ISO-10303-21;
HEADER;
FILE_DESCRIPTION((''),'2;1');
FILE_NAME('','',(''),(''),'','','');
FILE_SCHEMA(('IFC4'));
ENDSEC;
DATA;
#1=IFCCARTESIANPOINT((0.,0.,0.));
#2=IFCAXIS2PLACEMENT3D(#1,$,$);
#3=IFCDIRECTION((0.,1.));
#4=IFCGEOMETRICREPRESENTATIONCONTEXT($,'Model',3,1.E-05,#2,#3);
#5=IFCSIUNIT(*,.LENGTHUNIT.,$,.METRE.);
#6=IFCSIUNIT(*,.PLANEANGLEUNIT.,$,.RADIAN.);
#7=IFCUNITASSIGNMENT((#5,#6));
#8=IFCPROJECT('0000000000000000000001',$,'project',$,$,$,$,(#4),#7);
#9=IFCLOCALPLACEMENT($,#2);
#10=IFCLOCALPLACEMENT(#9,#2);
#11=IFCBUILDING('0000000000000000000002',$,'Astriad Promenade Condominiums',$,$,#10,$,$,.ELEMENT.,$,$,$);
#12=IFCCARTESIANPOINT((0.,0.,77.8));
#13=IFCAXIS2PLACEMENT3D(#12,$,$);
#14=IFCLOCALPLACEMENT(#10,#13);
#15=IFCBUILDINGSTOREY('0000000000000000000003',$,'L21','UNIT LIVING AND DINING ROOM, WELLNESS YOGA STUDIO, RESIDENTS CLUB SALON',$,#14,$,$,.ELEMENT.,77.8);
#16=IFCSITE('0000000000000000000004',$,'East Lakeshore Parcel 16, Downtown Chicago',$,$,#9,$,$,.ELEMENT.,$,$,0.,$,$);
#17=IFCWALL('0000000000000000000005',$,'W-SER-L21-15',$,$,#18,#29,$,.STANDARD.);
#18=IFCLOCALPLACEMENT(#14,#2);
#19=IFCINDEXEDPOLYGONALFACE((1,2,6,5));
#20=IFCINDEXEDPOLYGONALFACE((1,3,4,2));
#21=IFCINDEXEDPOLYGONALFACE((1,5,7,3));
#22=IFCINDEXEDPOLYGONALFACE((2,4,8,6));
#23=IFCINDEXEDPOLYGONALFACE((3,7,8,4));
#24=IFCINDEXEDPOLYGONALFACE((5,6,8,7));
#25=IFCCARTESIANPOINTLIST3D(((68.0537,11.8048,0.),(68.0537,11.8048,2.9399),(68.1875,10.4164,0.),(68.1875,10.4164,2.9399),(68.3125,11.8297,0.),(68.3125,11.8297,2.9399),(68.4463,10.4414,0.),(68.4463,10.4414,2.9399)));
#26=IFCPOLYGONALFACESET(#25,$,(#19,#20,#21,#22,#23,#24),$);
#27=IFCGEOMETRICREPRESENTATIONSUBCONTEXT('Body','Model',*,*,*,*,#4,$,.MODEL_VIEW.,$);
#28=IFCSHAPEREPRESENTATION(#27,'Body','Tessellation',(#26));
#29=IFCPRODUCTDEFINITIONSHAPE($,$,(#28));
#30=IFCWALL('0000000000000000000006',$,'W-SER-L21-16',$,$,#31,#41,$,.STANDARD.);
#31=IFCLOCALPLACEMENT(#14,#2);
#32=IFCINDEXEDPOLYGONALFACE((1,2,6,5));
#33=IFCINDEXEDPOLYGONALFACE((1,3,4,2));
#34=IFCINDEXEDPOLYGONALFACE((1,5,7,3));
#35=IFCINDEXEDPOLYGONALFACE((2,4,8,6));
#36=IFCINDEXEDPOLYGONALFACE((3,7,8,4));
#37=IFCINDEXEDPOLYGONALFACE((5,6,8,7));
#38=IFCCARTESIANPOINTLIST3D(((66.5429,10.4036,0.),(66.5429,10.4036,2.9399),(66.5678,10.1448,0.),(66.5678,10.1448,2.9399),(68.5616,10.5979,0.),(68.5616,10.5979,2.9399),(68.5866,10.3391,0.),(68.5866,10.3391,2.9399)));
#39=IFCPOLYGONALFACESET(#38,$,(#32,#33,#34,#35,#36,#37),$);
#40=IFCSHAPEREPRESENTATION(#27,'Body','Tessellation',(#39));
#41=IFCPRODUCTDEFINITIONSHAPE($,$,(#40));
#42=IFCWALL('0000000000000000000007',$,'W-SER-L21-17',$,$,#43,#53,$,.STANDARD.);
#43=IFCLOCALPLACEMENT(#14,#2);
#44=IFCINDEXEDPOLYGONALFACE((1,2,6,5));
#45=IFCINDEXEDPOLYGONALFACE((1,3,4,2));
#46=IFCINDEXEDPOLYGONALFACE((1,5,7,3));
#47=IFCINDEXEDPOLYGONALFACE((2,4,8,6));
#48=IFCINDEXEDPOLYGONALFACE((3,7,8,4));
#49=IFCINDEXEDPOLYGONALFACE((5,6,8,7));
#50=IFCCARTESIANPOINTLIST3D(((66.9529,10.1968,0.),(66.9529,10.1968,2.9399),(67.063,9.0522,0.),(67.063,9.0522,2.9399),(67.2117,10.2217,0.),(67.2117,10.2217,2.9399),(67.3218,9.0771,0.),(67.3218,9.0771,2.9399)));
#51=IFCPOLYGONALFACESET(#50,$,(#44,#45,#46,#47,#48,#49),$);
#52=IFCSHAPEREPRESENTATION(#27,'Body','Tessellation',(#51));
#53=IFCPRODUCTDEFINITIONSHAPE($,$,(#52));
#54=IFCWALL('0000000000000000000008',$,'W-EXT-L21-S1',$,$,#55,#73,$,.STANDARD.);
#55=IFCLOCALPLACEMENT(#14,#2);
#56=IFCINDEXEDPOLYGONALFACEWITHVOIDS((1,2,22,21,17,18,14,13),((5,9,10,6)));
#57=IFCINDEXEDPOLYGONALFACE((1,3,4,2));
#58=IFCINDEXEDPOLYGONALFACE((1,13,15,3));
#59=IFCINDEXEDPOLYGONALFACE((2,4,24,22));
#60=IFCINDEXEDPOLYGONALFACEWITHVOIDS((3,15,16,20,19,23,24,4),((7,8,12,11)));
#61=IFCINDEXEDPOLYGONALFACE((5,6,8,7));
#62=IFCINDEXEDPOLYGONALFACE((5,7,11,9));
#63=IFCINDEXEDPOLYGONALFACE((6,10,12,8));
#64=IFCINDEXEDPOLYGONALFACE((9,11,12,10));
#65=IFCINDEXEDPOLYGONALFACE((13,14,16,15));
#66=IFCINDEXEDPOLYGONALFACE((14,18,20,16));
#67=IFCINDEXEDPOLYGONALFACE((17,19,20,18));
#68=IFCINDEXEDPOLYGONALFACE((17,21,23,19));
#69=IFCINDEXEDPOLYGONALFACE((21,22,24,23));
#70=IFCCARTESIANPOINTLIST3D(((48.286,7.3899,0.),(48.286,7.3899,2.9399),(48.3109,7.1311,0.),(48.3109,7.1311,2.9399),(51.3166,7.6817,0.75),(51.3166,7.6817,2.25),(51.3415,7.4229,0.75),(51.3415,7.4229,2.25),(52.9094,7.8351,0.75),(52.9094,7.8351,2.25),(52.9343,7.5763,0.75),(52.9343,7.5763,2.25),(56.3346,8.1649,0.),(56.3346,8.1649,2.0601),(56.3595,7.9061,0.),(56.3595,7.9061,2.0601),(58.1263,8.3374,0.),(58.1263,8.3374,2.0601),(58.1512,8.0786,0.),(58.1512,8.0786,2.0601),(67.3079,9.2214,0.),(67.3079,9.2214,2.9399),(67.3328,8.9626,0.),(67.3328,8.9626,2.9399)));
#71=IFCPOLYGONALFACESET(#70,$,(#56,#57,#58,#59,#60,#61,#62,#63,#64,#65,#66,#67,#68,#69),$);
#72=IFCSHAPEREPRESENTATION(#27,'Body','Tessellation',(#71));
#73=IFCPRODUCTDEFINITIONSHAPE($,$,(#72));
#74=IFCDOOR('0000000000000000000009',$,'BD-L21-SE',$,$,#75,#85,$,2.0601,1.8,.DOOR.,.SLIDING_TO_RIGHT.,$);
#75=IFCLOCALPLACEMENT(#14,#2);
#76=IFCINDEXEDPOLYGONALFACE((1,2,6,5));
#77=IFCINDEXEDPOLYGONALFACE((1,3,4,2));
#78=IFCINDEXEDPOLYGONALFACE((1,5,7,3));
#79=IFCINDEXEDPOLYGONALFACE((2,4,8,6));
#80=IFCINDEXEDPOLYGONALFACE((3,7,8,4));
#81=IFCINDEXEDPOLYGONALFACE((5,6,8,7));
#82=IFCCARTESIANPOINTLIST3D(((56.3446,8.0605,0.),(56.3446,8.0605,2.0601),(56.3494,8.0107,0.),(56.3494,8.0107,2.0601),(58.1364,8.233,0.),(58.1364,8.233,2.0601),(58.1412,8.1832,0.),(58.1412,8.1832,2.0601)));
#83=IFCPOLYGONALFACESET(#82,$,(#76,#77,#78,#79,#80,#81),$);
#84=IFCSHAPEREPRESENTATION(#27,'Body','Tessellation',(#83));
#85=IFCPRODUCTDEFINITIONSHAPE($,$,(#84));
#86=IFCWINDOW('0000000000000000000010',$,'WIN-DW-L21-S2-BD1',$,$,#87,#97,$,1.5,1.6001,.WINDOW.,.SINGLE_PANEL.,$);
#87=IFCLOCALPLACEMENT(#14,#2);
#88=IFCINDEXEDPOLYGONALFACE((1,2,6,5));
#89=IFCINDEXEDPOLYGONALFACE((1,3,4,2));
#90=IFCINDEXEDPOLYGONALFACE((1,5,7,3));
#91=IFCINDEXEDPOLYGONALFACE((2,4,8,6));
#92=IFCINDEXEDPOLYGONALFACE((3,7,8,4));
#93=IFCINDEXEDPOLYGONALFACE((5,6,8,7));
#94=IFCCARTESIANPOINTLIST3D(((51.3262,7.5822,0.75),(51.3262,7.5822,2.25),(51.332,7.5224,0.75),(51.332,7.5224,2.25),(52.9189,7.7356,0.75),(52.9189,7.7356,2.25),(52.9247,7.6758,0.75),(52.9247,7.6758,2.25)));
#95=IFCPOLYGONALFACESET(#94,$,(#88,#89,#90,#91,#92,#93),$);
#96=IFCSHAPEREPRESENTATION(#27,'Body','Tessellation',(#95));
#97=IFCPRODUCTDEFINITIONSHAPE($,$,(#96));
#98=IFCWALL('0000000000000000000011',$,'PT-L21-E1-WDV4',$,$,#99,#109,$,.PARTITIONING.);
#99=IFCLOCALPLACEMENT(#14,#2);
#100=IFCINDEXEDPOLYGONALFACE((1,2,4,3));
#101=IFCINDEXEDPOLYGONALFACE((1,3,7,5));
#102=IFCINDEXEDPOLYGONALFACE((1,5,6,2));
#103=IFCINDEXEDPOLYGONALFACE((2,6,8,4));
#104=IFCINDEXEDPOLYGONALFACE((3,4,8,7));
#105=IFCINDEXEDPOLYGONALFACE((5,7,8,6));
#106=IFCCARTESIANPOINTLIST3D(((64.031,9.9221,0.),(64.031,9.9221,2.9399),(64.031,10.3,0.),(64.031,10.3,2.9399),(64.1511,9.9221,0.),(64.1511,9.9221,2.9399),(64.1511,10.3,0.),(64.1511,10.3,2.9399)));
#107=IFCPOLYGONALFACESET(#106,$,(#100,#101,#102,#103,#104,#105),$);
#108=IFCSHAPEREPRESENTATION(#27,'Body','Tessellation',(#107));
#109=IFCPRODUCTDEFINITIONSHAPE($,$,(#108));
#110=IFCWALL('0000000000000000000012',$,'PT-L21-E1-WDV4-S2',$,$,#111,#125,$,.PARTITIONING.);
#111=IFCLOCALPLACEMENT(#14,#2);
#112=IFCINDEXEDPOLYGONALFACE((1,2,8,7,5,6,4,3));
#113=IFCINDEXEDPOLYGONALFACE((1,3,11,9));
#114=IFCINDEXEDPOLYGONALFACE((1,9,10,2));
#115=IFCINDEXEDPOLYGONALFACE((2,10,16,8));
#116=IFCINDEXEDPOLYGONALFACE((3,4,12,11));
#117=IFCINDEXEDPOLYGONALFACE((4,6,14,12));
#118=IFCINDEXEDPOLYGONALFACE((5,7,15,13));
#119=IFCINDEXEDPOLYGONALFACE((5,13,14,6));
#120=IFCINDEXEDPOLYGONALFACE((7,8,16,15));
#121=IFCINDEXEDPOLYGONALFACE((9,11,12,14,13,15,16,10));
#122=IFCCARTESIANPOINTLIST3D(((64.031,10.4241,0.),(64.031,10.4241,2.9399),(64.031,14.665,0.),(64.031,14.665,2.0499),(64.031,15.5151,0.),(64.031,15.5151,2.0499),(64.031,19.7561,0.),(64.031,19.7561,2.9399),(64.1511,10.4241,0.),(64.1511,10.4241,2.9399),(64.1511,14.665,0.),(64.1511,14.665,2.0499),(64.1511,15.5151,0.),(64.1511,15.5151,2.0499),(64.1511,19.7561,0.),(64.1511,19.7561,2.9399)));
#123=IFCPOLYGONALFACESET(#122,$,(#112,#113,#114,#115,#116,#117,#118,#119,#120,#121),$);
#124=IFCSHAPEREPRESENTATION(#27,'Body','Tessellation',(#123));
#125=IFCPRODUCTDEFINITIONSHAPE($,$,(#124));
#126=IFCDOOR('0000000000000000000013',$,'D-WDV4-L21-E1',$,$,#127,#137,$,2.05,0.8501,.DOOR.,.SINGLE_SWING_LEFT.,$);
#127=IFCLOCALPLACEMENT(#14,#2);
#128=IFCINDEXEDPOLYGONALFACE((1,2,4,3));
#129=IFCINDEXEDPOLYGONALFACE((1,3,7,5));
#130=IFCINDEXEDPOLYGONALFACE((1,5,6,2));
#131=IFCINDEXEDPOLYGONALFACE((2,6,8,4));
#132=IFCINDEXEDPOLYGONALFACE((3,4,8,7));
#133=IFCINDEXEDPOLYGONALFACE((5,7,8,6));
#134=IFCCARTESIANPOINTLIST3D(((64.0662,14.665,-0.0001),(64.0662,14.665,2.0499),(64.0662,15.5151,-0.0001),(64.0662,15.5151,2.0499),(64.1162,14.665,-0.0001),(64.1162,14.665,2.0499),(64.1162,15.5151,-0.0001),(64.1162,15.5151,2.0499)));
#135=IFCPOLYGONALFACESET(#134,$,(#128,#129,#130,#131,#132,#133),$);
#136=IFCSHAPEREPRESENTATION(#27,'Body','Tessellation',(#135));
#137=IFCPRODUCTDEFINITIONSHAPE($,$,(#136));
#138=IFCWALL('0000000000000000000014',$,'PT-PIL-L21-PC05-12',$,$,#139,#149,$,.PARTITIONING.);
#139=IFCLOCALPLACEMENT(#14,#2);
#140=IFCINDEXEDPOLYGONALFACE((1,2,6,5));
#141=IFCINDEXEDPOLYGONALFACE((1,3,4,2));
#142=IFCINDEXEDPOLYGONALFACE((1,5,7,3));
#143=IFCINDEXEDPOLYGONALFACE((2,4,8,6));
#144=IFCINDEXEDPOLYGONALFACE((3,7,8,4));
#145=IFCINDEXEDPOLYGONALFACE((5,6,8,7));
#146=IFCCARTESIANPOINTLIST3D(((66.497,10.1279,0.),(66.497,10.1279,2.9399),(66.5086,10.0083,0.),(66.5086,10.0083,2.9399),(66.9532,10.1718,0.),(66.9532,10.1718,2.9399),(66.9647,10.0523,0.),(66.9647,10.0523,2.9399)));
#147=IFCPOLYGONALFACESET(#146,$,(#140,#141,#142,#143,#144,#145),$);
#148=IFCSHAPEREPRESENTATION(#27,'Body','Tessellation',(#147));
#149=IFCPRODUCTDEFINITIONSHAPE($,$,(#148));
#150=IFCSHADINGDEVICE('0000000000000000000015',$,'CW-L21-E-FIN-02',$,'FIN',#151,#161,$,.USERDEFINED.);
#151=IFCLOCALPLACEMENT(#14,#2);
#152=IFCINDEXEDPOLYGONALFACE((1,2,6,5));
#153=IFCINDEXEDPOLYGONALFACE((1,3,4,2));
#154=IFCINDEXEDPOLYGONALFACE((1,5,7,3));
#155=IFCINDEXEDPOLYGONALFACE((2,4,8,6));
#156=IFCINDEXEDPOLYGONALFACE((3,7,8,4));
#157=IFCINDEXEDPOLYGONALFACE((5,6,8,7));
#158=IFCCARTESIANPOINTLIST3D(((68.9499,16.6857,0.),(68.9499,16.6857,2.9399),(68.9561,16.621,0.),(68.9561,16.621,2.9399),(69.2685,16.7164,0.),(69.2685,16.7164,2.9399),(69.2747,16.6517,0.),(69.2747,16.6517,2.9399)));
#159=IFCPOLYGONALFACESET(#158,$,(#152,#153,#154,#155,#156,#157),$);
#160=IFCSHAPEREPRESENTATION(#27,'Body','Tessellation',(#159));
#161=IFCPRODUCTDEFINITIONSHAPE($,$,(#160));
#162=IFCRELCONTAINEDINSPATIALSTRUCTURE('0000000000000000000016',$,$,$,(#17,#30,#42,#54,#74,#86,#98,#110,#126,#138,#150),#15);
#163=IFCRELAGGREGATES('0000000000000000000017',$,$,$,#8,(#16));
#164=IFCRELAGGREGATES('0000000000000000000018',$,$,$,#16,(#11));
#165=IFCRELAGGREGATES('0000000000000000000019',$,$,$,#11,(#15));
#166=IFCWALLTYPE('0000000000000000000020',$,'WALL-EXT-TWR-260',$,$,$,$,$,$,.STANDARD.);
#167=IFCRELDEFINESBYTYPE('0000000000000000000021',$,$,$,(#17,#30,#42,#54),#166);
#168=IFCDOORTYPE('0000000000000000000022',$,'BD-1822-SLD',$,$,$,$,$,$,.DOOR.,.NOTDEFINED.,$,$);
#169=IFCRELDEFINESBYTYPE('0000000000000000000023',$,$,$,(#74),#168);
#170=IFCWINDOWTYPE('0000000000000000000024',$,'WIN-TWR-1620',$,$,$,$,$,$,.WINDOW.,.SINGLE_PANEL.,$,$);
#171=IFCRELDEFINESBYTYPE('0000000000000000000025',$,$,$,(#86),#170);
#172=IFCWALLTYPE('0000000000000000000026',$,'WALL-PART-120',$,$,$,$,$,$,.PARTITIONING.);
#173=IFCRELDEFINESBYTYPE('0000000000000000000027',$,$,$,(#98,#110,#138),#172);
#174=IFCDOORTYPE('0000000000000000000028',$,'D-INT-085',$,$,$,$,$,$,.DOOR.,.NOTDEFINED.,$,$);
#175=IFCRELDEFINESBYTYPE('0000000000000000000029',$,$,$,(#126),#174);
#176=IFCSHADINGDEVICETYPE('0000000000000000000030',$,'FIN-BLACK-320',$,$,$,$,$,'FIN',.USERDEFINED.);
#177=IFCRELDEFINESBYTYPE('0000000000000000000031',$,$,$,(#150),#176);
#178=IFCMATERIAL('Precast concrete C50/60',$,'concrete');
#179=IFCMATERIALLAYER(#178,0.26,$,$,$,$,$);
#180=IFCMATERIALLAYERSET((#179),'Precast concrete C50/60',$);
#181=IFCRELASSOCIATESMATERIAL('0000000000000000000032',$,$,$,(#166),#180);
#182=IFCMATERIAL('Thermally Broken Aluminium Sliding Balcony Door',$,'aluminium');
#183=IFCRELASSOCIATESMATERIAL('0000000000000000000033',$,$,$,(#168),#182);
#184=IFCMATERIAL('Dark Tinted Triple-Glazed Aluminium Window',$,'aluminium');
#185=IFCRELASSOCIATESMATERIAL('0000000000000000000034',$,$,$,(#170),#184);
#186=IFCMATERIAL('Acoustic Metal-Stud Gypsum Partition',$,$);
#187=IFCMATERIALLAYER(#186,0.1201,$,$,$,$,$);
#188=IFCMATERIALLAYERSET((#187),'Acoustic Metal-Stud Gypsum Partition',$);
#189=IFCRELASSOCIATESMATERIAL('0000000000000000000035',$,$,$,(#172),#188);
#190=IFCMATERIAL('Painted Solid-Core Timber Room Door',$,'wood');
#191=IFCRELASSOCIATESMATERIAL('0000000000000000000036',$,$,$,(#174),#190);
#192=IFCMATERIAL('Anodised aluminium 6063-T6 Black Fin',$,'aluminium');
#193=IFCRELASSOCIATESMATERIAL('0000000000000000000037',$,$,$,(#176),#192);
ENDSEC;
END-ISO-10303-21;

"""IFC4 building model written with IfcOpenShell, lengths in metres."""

from ifc_helpers import new_model, si_unit, direction, frame, frame_2d, origin, origin_2d, place, context, subcontext, project, spatial, rectangle, extrude, source, transform, mapped, material, layer, layer_set, type_object, type_shapes, element, fill, save


model = new_model("IFC4")

# Units and contexts
model_context = context("Model", 3, precision=1e-05, world=origin(), true_north=direction((0.0, 1.0)))
body_context = subcontext(model_context, "Body", "Model", "MODEL_VIEW")
ifc_project = project(units=[si_unit("LENGTHUNIT", "METRE"), si_unit("PLANEANGLEUNIT", "RADIAN")], contexts=[model_context])

# Site, building, storey
site_placement = place(None, origin())
site = spatial("IfcSite", under=ifc_project, at=site_placement, Name="East Lakeshore Parcel 16, Downtown Chicago", CompositionType="ELEMENT", RefElevation=0.0)
building_placement = place(site_placement, origin())
building = spatial("IfcBuilding", under=site, at=building_placement, Name="Astriad Promenade Condominiums", CompositionType="ELEMENT")
storey_placement = place(building_placement, frame((0.0, 0.0, 77.8)))
storey = spatial("IfcBuildingStorey", under=building, at=storey_placement, Name="L21", Description="UNIT LIVING AND DINING ROOM, WELLNESS YOGA STUDIO, RESIDENTS CLUB SALON", CompositionType="ELEMENT", Elevation=77.8)

# Walls
ifc_material_1 = material(Name="Precast concrete C50/60", Category="concrete")
ifc_layer_1 = layer(ifc_material_1, 0.26)
ifc_layer_set_1 = layer_set([ifc_layer_1], Name="Precast concrete C50/60")
wall_type_1 = type_object("IfcWallType", Name="WALL-EXT-TWR-260", PredefinedType="STANDARD", material=ifc_layer_set_1)
for number, where, z_axis, x_axis, name in (
    (1, (68.1831, 11.8171, 0.0), (0.0, 0.0, 1.0), (0.095916, -0.995389, 0.0), "W-SER-L21-15"),
):
    element("IfcWall", number, at=place(storey_placement, frame(where, z_axis=z_axis, x_axis=x_axis)), inside=storey, type_object=wall_type_1, Name=name, PredefinedType="STANDARD", context=body_context, shape_type="SweptSolid", body=[
        extrude(rectangle(XDim=1.3948, YDim=0.26, at=frame_2d((0.6973, 0.0))), origin(), (0.0, 0.0, 1.0), 2.9399),
    ])
wall_1_placement = place(storey_placement, frame((68.5742, 10.4685, 0.0), z_axis=(0.0, 0.0, 1.0), x_axis=(-0.995399, -0.09582, 0.0)))
element("IfcWall", 2, at=wall_1_placement, inside=storey, type_object=wall_type_1, Name="W-SER-L21-16", PredefinedType="STANDARD", context=body_context, shape_type="SweptSolid", body=[
    extrude(rectangle(XDim=2.0281, YDim=0.26, at=frame_2d((1.0142, 0.0))), origin(), (0.0, 0.0, 1.0), 2.9399),
])
wall_2_placement = place(storey_placement, frame((67.0823, 10.2092, 0.0), z_axis=(0.0, 0.0, 1.0), x_axis=(0.095761, -0.995404, 0.0)))
element("IfcWall", 3, at=wall_2_placement, inside=storey, type_object=wall_type_1, Name="W-SER-L21-17", PredefinedType="STANDARD", context=body_context, shape_type="SweptSolid", body=[
    extrude(rectangle(XDim=1.1499, YDim=0.26, at=frame_2d((0.575, 0.0))), origin(), (0.0, 0.0, 1.0), 2.9399),
])

# Wall, openings, door, window
wall_3_placement = place(storey_placement, frame((67.3203, 9.092, 0.0), z_axis=(0.0, 0.0, 1.0), x_axis=(-0.995397, -0.095842, 0.0)))
wall_3 = element("IfcWall", 4, at=wall_3_placement, inside=storey, type_object=wall_type_1, Name="W-EXT-L21-S1", PredefinedType="STANDARD", context=body_context, shape_type="SweptSolid", body=[
    extrude(rectangle(XDim=19.1099, YDim=0.26, at=frame_2d((9.5549, 0.0))), origin(), (0.0, 0.0, 1.0), 2.9399),
])
opening_1_placement = place(wall_3_placement, frame((9.2241, 0.0, 0.0)))
opening_1 = element("IfcOpeningElement", 5, at=opening_1_placement, cuts=wall_3, PredefinedType="OPENING", context=body_context, shape_type="SweptSolid", body=[
    extrude(rectangle(XDim=1.8, YDim=2.0601, at=frame_2d((0.8999, 1.03))), frame((0.0, 0.1399, 0.0), z_axis=(0.0, -1.0, 0.0), x_axis=(1.0, 0.0, 0.0)), (0.0, 0.0, 1.0), 0.28),
])
opening_2_placement = place(wall_3_placement, frame((14.4651, 0.0, 0.75)))
opening_2 = element("IfcOpeningElement", 6, at=opening_2_placement, cuts=wall_3, PredefinedType="OPENING", context=body_context, shape_type="SweptSolid", body=[
    extrude(rectangle(XDim=1.6001, YDim=1.5, at=frame_2d((0.8, 0.75))), frame((0.0, 0.1399, 0.0), z_axis=(0.0, -1.0, 0.0), x_axis=(1.0, 0.0, 0.0)), (0.0, 0.0, 1.0), 0.28),
])
ifc_material_2 = material(Name="Thermally Broken Aluminium Sliding Balcony Door", Category="aluminium")
door_type_1 = type_object("IfcDoorType", Name="BD-1822-SLD", OperationType="NOTDEFINED", PredefinedType="DOOR", material=ifc_material_2)
shared_shape_1 = source(origin(), body_context, "Body", "SweptSolid", [
    extrude(rectangle(XDim=1.8, YDim=2.0601, at=frame_2d((0.8999, 1.03))), frame((0.0, 0.0249, 0.0), z_axis=(0.0, -1.0, 0.0), x_axis=(1.0, 0.0, 0.0)), (0.0, 0.0, 1.0), 0.05),
])
type_shapes(door_type_1, [shared_shape_1])
door_1_placement = place(opening_1_placement, origin())
door_1 = element("IfcDoor", 7, at=door_1_placement, inside=storey, type_object=door_type_1, Name="BD-L21-SE", OperationType="SLIDING_TO_RIGHT", OverallHeight=2.0601, OverallWidth=1.8, PredefinedType="DOOR", context=body_context, shape_type="MappedRepresentation", body=[
    mapped(shared_shape_1, transform((0.0, 0.0, 0.0), scale=1.0)),
])
fill(opening_1, door_1)
ifc_material_3 = material(Name="Dark Tinted Triple-Glazed Aluminium Window", Category="aluminium")
window_type = type_object("IfcWindowType", Name="WIN-TWR-1620", PartitioningType="SINGLE_PANEL", PredefinedType="WINDOW", material=ifc_material_3)
shared_shape_2 = source(origin(), body_context, "Body", "SweptSolid", [
    extrude(rectangle(XDim=1.6001, YDim=1.5, at=frame_2d((0.8, 0.75))), frame((0.0, 0.03, 0.0), z_axis=(0.0, -1.0, 0.0), x_axis=(1.0, 0.0, 0.0)), (0.0, 0.0, 1.0), 0.0601),
])
type_shapes(window_type, [shared_shape_2])
window_placement = place(opening_2_placement, origin())
window = element("IfcWindow", 8, at=window_placement, inside=storey, type_object=window_type, Name="WIN-DW-L21-S2-BD1", OverallHeight=1.5, OverallWidth=1.6001, PartitioningType="SINGLE_PANEL", PredefinedType="WINDOW", context=body_context, shape_type="MappedRepresentation", body=[
    mapped(shared_shape_2, transform((0.0, 0.0, 0.0), scale=1.0)),
])
fill(opening_2, window)

# Wall
ifc_material_4 = material(Name="Acoustic Metal-Stud Gypsum Partition")
ifc_layer_2 = layer(ifc_material_4, 0.1201)
ifc_layer_set_2 = layer_set([ifc_layer_2], Name="Acoustic Metal-Stud Gypsum Partition")
wall_type_2 = type_object("IfcWallType", Name="WALL-PART-120", PredefinedType="PARTITIONING", material=ifc_layer_set_2)
wall_4_placement = place(storey_placement, frame((64.0911, 9.9221, 0.0), z_axis=(0.0, 0.0, 1.0), x_axis=(0.0, 1.0, 0.0)))
element("IfcWall", 9, at=wall_4_placement, inside=storey, type_object=wall_type_2, Name="PT-L21-E1-WDV4", PredefinedType="PARTITIONING", context=body_context, shape_type="SweptSolid", body=[
    extrude(rectangle(XDim=0.3779, YDim=0.1201, at=frame_2d((0.189, 0.0))), origin(), (0.0, 0.0, 1.0), 2.9399),
])

# Wall, opening, door
wall_5_placement = place(storey_placement, frame((64.0911, 10.4241, 0.0), z_axis=(0.0, 0.0, 1.0), x_axis=(0.0, 1.0, 0.0)))
wall_5 = element("IfcWall", 10, at=wall_5_placement, inside=storey, type_object=wall_type_2, Name="PT-L21-E1-WDV4-S2", PredefinedType="PARTITIONING", context=body_context, shape_type="SweptSolid", body=[
    extrude(rectangle(XDim=9.332, YDim=0.1201, at=frame_2d((4.666, 0.0))), origin(), (0.0, 0.0, 1.0), 2.9399),
])
opening_3_placement = place(wall_5_placement, frame((4.241, 0.0, 0.0)))
opening_3 = element("IfcOpeningElement", 11, at=opening_3_placement, cuts=wall_5, PredefinedType="OPENING", context=body_context, shape_type="SweptSolid", body=[
    extrude(rectangle(XDim=0.8501, YDim=2.05, at=frame_2d((0.425, 1.0249))), frame((0.0, 0.0701, 0.0), z_axis=(0.0, -1.0, 0.0), x_axis=(1.0, 0.0, 0.0)), (0.0, 0.0, 1.0), 0.1401),
])
ifc_material_5 = material(Name="Painted Solid-Core Timber Room Door", Category="wood")
door_type_2 = type_object("IfcDoorType", Name="D-INT-085", OperationType="NOTDEFINED", PredefinedType="DOOR", material=ifc_material_5)
shared_shape_3 = source(origin(), body_context, "Body", "SweptSolid", [
    extrude(rectangle(XDim=0.8501, YDim=2.05, at=frame_2d((0.425, 1.0249))), frame((0.0, 0.0249, 0.0), z_axis=(0.0, -1.0, 0.0), x_axis=(1.0, 0.0, 0.0)), (0.0, 0.0, 1.0), 0.05),
])
type_shapes(door_type_2, [shared_shape_3])
door_2_placement = place(opening_3_placement, origin())
door_2 = element("IfcDoor", 12, at=door_2_placement, inside=storey, type_object=door_type_2, Name="D-WDV4-L21-E1", OperationType="SINGLE_SWING_LEFT", OverallHeight=2.05, OverallWidth=0.8501, PredefinedType="DOOR", context=body_context, shape_type="MappedRepresentation", body=[
    mapped(shared_shape_3, transform((0.0, 0.0, 0.0), scale=1.0)),
])
fill(opening_3, door_2)

# Wall
wall_6_placement = place(storey_placement, frame((66.5029, 10.0681, 0.0), z_axis=(0.0, 0.0, 1.0), x_axis=(0.995389, 0.095915, 0.0)))
element("IfcWall", 13, at=wall_6_placement, inside=storey, type_object=wall_type_2, Name="PT-PIL-L21-PC05-12", PredefinedType="PARTITIONING", context=body_context, shape_type="SweptSolid", body=[
    extrude(rectangle(XDim=0.4583, YDim=0.1201, at=frame_2d((0.229, 0.0))), origin(), (0.0, 0.0, 1.0), 2.9399),
])

# Shading device
ifc_material_6 = material(Name="Anodised aluminium 6063-T6 Black Fin", Category="aluminium")
shading_device_type = type_object("IfcShadingDeviceType", Name="FIN-BLACK-320", ElementType="FIN", PredefinedType="USERDEFINED", material=ifc_material_6)
shared_shape_4 = source(origin(), body_context, "Body", "SweptSolid", [
    extrude(rectangle(XDim=0.0649, YDim=0.3201, at=origin_2d()), origin(), (0.0, 0.0, 1.0), 2.9399),
])
type_shapes(shading_device_type, [shared_shape_4])
shading_device_placement = place(storey_placement, frame((69.1123, 16.6687, 0.0), z_axis=(0.0, 0.0, 1.0), x_axis=(0.095846, -0.995396, 0.0)))
element("IfcShadingDevice", 14, at=shading_device_placement, inside=storey, type_object=shading_device_type, Name="CW-L21-E-FIN-02", ObjectType="FIN", PredefinedType="USERDEFINED", context=body_context, shape_type="MappedRepresentation", body=[
    mapped(shared_shape_4, transform((0.0, 0.0, 0.0), scale=1.0)),
])

save(model, "model.ifc")
